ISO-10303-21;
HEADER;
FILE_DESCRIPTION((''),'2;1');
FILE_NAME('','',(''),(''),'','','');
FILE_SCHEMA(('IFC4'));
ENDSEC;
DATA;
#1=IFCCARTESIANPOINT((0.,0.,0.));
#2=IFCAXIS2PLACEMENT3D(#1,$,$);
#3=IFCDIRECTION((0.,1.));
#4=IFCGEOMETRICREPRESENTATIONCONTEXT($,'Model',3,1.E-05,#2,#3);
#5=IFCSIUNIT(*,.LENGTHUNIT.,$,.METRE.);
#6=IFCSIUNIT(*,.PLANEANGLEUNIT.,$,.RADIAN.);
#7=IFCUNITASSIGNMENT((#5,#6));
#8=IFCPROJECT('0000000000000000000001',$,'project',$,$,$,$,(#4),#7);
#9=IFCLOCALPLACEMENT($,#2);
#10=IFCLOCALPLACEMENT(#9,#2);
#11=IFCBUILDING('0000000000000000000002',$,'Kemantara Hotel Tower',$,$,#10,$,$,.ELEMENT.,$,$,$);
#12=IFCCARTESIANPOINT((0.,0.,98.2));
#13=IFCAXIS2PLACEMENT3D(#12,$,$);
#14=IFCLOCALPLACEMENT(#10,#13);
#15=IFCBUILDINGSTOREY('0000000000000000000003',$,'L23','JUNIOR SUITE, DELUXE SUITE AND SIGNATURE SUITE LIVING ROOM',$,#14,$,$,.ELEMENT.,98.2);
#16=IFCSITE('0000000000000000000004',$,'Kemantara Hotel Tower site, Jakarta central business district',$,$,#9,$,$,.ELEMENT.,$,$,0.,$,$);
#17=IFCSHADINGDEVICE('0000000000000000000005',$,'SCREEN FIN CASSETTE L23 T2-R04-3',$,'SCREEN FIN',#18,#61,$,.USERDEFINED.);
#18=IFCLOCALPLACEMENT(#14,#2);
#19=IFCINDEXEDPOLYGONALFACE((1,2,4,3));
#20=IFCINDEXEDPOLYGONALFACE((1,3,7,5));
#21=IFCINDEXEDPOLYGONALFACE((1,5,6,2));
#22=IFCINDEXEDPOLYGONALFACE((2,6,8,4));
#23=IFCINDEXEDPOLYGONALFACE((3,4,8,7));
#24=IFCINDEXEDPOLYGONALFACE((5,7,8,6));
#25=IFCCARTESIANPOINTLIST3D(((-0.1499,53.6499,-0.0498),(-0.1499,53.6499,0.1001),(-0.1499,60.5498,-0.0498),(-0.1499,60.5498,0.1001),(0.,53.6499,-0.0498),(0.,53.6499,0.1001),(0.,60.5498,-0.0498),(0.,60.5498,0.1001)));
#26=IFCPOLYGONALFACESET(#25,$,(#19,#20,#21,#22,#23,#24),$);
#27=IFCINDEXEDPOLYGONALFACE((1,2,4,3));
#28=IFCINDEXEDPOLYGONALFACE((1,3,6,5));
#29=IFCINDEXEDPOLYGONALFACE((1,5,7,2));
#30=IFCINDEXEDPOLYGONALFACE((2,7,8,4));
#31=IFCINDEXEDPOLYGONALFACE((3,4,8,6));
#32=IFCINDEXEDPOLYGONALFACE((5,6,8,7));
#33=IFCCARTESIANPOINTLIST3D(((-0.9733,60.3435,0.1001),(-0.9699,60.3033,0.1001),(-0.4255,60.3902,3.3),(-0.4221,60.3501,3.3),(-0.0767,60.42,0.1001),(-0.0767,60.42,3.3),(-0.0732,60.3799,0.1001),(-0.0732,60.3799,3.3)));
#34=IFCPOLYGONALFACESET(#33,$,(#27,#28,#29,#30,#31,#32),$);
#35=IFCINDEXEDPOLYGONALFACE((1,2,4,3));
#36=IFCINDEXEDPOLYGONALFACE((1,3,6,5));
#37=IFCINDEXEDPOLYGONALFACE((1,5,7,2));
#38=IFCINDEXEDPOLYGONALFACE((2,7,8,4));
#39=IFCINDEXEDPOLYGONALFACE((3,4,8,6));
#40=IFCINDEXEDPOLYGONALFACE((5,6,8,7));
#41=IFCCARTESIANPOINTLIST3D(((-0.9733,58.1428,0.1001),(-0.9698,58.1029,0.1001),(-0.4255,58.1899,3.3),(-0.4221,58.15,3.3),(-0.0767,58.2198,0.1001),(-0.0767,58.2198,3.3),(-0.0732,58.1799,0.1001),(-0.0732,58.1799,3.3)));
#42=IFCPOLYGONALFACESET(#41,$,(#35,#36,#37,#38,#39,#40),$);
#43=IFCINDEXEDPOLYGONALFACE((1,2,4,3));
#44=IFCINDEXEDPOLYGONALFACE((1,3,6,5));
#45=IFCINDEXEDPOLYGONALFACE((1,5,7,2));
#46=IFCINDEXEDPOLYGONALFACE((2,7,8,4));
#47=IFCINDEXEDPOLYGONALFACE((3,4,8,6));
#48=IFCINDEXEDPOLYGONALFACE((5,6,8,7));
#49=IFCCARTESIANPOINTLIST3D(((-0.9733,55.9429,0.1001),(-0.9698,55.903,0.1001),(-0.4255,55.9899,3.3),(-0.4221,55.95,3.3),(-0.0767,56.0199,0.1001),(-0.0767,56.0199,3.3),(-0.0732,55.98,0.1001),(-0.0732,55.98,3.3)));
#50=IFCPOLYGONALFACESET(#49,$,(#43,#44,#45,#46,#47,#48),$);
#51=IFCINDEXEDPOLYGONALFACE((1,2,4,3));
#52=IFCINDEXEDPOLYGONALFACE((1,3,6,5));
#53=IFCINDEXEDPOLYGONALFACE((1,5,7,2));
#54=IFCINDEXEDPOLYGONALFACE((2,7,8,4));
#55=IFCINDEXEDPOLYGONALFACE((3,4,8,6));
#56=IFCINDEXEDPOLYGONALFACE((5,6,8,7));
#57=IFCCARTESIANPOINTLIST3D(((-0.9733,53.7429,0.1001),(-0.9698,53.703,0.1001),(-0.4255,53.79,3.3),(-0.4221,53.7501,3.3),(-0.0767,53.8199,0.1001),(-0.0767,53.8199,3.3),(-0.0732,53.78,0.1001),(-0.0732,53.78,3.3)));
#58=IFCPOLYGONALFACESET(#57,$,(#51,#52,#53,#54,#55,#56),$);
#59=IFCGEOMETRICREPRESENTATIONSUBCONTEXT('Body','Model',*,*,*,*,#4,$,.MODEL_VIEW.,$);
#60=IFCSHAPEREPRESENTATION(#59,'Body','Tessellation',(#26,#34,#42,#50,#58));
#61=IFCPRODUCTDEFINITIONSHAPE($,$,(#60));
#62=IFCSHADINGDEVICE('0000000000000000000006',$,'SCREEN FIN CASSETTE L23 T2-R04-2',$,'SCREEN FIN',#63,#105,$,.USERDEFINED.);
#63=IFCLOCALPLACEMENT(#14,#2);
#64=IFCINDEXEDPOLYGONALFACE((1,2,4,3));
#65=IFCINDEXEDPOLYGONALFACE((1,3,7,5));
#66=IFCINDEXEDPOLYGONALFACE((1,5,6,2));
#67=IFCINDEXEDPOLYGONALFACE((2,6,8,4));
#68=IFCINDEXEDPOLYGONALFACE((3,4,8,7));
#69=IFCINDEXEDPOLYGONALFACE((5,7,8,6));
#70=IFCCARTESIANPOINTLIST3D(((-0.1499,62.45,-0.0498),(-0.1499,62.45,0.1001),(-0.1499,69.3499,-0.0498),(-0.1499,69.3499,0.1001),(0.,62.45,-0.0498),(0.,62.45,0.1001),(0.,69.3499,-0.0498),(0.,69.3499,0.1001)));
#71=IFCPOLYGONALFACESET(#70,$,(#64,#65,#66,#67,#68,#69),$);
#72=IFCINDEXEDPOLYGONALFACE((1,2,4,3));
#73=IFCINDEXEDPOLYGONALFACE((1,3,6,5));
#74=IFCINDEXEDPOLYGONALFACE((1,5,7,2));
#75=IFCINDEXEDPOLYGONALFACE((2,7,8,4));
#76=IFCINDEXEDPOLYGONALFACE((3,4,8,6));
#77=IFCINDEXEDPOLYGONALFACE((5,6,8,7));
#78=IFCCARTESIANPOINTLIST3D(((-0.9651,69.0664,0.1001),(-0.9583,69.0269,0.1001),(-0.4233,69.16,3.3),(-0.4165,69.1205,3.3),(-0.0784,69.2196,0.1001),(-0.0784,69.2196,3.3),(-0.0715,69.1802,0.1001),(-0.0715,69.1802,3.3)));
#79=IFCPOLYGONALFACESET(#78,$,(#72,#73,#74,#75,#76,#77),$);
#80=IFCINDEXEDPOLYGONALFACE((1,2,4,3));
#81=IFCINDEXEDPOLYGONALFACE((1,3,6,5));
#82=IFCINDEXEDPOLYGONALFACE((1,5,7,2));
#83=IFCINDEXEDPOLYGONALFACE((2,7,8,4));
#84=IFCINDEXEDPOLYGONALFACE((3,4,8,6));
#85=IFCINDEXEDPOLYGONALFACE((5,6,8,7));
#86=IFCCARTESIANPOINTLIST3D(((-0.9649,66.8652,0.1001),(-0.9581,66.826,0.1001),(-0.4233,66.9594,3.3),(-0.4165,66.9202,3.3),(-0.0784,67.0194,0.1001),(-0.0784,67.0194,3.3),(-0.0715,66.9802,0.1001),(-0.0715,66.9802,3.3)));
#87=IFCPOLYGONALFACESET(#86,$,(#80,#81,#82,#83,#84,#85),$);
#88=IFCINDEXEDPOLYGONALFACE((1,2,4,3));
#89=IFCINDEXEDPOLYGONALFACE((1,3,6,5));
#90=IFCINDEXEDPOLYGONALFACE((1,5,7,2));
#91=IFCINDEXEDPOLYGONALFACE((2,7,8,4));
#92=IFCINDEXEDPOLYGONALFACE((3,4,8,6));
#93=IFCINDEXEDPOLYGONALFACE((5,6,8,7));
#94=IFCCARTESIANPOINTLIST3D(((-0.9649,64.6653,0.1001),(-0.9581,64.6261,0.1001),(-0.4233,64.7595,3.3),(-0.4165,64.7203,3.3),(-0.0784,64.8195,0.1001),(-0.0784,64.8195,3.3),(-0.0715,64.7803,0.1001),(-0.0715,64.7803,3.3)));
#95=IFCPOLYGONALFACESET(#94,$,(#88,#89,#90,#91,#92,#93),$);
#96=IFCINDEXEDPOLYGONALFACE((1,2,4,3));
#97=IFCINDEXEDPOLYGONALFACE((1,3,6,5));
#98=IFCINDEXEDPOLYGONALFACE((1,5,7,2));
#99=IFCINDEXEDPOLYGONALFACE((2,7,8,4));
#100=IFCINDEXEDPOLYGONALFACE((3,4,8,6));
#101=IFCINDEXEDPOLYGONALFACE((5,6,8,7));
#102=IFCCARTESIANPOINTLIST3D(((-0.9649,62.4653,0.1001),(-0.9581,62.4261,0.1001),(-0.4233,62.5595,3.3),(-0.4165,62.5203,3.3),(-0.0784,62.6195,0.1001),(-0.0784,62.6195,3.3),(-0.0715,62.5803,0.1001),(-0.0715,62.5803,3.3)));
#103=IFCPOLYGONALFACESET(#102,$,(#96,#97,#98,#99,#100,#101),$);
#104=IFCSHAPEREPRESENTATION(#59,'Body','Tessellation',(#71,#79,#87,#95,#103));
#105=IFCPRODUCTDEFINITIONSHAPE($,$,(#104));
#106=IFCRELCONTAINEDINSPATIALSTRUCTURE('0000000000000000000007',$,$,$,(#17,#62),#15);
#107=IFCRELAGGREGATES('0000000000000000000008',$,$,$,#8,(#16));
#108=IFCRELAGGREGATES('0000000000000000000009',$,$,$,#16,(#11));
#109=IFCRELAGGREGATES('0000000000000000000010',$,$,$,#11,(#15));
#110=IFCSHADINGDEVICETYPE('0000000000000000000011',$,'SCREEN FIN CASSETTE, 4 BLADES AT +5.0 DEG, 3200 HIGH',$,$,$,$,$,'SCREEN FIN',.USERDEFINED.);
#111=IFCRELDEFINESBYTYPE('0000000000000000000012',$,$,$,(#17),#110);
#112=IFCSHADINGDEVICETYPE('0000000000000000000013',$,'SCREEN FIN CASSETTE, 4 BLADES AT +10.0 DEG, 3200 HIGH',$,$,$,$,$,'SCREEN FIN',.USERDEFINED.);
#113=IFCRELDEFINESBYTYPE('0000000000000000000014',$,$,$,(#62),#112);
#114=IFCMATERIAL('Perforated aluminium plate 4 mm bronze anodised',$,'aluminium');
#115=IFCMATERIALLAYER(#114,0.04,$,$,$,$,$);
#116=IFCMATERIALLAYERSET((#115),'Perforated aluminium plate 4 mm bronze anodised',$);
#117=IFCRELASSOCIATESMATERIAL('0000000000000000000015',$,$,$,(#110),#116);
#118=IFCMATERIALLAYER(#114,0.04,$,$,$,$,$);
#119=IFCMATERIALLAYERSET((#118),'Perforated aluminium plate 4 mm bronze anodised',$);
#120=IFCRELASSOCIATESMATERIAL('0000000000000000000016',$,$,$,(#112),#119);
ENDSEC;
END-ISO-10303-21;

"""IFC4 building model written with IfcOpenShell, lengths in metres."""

from ifc_helpers import new_model, si_unit, direction, frame, origin, origin_2d, place, context, subcontext, project, spatial, polyline, rectangle, outline, extrude, source, transform, mapped, material, layer, layer_set, type_object, element, save


model = new_model("IFC4")

# Units and contexts
model_context = context("Model", 3, precision=1e-05, world=origin(), true_north=direction((0.0, 1.0)))
body_context = subcontext(model_context, "Body", "Model", "MODEL_VIEW")
ifc_project = project(units=[si_unit("LENGTHUNIT", "METRE"), si_unit("PLANEANGLEUNIT", "RADIAN")], contexts=[model_context])

# Site, building, storey
site_placement = place(None, origin())
site = spatial("IfcSite", under=ifc_project, at=site_placement, Name="Kemantara Hotel Tower site, Jakarta central business district", CompositionType="ELEMENT", RefElevation=0.0)
building_placement = place(site_placement, origin())
building = spatial("IfcBuilding", under=site, at=building_placement, Name="Kemantara Hotel Tower", CompositionType="ELEMENT")
storey_placement = place(building_placement, frame((0.0, 0.0, 98.2)))
storey = spatial("IfcBuildingStorey", under=building, at=storey_placement, Name="L23", Description="JUNIOR SUITE, DELUXE SUITE AND SIGNATURE SUITE LIVING ROOM", CompositionType="ELEMENT", Elevation=98.2)

# Shading devices
ifc_material_1 = material(Name="Perforated aluminium plate 4 mm bronze anodised", Category="aluminium")
ifc_layer_1 = layer(ifc_material_1, 0.04)
ifc_layer_set_1 = layer_set([ifc_layer_1], Name="Perforated aluminium plate 4 mm bronze anodised")
shading_device_type_1 = type_object("IfcShadingDeviceType", Name="SCREEN FIN CASSETTE, 4 BLADES AT +5.0 DEG, 3200 HIGH", ElementType="SCREEN FIN", PredefinedType="USERDEFINED", material=ifc_layer_set_1)
shared_shape_1 = source(origin(), body_context, "Body", "SweptSolid", [
    extrude(rectangle(XDim=6.8999, YDim=0.1499, at=origin_2d()), frame((3.3, -0.075, -0.1499), z_axis=(0.0, 0.0, 1.0), x_axis=(1.0, 0.0, 0.0)), (0.0, 0.0, 1.0), 0.1499),
    extrude(outline(polyline([(0.0, 0.0), (0.8999, 0.0), (0.3501, 3.2), (0.0, 3.2), (0.0, 0.0)])), frame((0.02, -0.0732, 0.0), z_axis=(-0.996376, -0.085056, 0.0), x_axis=(0.085056, -0.996376, 0.0)), (0.0, 0.0, 1.0), 0.0403),
    extrude(outline(polyline([(0.0, 0.0), (0.8999, 0.0), (0.3501, 3.2), (0.0, 3.2), (0.0, 0.0)])), frame((2.22, -0.0732, 0.0), z_axis=(-0.996332, -0.085575, 0.0), x_axis=(0.085575, -0.996332, 0.0)), (0.0, 0.0, 1.0), 0.04),
    extrude(outline(polyline([(0.0, 0.0), (0.8999, 0.0), (0.3501, 3.2), (0.0, 3.2), (0.0, 0.0)])), frame((4.4199, -0.0732, 0.0), z_axis=(-0.996332, -0.085575, 0.0), x_axis=(0.085575, -0.996332, 0.0)), (0.0, 0.0, 1.0), 0.04),
    extrude(outline(polyline([(0.0, 0.0), (0.8999, 0.0), (0.3501, 3.2), (0.0, 3.2), (0.0, 0.0)])), frame((6.6199, -0.0732, 0.0), z_axis=(-0.996332, -0.085575, 0.0), x_axis=(0.085575, -0.996332, 0.0)), (0.0, 0.0, 1.0), 0.04),
])
shading_device_1_placement = place(storey_placement, frame((0.0, 60.3999, 0.1001), z_axis=(0.0, 0.0, 1.0), x_axis=(0.0, -1.0, 0.0)))
element("IfcShadingDevice", 1, at=shading_device_1_placement, inside=storey, type_object=shading_device_type_1, Name="SCREEN FIN CASSETTE L23 T2-R04-3", ObjectType="SCREEN FIN", PredefinedType="USERDEFINED", context=body_context, shape_type="MappedRepresentation", body=[
    mapped(shared_shape_1, transform((0.0, 0.0, 0.0))),
])
ifc_layer_2 = layer(ifc_material_1, 0.04)
ifc_layer_set_2 = layer_set([ifc_layer_2], Name="Perforated aluminium plate 4 mm bronze anodised")
shading_device_type_2 = type_object("IfcShadingDeviceType", Name="SCREEN FIN CASSETTE, 4 BLADES AT +10.0 DEG, 3200 HIGH", ElementType="SCREEN FIN", PredefinedType="USERDEFINED", material=ifc_layer_set_2)
shared_shape_2 = source(origin(), body_context, "Body", "SweptSolid", [
    extrude(rectangle(XDim=6.8999, YDim=0.1499, at=origin_2d()), frame((3.3, -0.075, -0.1499), z_axis=(0.0, 0.0, 1.0), x_axis=(1.0, 0.0, 0.0)), (0.0, 0.0, 1.0), 0.1499),
    extrude(outline(polyline([(0.0, 0.0), (0.8999, 0.0), (0.3501, 3.2), (0.0, 3.2), (0.0, 0.0)])), frame((0.0198, -0.0715, 0.0), z_axis=(-0.98539, -0.170314, 0.0), x_axis=(0.170314, -0.98539, 0.0)), (0.0, 0.0, 1.0), 0.04),
    extrude(outline(polyline([(0.0, 0.0), (0.8999, 0.0), (0.3501, 3.2), (0.0, 3.2), (0.0, 0.0)])), frame((2.2197, -0.0715, 0.0), z_axis=(-0.985212, -0.171341, 0.0), x_axis=(0.171341, -0.985212, 0.0)), (0.0, 0.0, 1.0), 0.0398),
    extrude(outline(polyline([(0.0, 0.0), (0.8999, 0.0), (0.3501, 3.2), (0.0, 3.2), (0.0, 0.0)])), frame((4.4197, -0.0715, 0.0), z_axis=(-0.985212, -0.171341, 0.0), x_axis=(0.171341, -0.985212, 0.0)), (0.0, 0.0, 1.0), 0.0398),
    extrude(outline(polyline([(0.0, 0.0), (0.8999, 0.0), (0.3501, 3.2), (0.0, 3.2), (0.0, 0.0)])), frame((6.6196, -0.0715, 0.0), z_axis=(-0.985212, -0.171341, 0.0), x_axis=(0.171341, -0.985212, 0.0)), (0.0, 0.0, 1.0), 0.0398),
])
shading_device_2_placement = place(storey_placement, frame((0.0, 69.2, 0.1001), z_axis=(0.0, 0.0, 1.0), x_axis=(0.0, -1.0, 0.0)))
element("IfcShadingDevice", 2, at=shading_device_2_placement, inside=storey, type_object=shading_device_type_2, Name="SCREEN FIN CASSETTE L23 T2-R04-2", ObjectType="SCREEN FIN", PredefinedType="USERDEFINED", context=body_context, shape_type="MappedRepresentation", body=[
    mapped(shared_shape_2, transform((0.0, 0.0, 0.0))),
])

save(model, "model.ifc")
